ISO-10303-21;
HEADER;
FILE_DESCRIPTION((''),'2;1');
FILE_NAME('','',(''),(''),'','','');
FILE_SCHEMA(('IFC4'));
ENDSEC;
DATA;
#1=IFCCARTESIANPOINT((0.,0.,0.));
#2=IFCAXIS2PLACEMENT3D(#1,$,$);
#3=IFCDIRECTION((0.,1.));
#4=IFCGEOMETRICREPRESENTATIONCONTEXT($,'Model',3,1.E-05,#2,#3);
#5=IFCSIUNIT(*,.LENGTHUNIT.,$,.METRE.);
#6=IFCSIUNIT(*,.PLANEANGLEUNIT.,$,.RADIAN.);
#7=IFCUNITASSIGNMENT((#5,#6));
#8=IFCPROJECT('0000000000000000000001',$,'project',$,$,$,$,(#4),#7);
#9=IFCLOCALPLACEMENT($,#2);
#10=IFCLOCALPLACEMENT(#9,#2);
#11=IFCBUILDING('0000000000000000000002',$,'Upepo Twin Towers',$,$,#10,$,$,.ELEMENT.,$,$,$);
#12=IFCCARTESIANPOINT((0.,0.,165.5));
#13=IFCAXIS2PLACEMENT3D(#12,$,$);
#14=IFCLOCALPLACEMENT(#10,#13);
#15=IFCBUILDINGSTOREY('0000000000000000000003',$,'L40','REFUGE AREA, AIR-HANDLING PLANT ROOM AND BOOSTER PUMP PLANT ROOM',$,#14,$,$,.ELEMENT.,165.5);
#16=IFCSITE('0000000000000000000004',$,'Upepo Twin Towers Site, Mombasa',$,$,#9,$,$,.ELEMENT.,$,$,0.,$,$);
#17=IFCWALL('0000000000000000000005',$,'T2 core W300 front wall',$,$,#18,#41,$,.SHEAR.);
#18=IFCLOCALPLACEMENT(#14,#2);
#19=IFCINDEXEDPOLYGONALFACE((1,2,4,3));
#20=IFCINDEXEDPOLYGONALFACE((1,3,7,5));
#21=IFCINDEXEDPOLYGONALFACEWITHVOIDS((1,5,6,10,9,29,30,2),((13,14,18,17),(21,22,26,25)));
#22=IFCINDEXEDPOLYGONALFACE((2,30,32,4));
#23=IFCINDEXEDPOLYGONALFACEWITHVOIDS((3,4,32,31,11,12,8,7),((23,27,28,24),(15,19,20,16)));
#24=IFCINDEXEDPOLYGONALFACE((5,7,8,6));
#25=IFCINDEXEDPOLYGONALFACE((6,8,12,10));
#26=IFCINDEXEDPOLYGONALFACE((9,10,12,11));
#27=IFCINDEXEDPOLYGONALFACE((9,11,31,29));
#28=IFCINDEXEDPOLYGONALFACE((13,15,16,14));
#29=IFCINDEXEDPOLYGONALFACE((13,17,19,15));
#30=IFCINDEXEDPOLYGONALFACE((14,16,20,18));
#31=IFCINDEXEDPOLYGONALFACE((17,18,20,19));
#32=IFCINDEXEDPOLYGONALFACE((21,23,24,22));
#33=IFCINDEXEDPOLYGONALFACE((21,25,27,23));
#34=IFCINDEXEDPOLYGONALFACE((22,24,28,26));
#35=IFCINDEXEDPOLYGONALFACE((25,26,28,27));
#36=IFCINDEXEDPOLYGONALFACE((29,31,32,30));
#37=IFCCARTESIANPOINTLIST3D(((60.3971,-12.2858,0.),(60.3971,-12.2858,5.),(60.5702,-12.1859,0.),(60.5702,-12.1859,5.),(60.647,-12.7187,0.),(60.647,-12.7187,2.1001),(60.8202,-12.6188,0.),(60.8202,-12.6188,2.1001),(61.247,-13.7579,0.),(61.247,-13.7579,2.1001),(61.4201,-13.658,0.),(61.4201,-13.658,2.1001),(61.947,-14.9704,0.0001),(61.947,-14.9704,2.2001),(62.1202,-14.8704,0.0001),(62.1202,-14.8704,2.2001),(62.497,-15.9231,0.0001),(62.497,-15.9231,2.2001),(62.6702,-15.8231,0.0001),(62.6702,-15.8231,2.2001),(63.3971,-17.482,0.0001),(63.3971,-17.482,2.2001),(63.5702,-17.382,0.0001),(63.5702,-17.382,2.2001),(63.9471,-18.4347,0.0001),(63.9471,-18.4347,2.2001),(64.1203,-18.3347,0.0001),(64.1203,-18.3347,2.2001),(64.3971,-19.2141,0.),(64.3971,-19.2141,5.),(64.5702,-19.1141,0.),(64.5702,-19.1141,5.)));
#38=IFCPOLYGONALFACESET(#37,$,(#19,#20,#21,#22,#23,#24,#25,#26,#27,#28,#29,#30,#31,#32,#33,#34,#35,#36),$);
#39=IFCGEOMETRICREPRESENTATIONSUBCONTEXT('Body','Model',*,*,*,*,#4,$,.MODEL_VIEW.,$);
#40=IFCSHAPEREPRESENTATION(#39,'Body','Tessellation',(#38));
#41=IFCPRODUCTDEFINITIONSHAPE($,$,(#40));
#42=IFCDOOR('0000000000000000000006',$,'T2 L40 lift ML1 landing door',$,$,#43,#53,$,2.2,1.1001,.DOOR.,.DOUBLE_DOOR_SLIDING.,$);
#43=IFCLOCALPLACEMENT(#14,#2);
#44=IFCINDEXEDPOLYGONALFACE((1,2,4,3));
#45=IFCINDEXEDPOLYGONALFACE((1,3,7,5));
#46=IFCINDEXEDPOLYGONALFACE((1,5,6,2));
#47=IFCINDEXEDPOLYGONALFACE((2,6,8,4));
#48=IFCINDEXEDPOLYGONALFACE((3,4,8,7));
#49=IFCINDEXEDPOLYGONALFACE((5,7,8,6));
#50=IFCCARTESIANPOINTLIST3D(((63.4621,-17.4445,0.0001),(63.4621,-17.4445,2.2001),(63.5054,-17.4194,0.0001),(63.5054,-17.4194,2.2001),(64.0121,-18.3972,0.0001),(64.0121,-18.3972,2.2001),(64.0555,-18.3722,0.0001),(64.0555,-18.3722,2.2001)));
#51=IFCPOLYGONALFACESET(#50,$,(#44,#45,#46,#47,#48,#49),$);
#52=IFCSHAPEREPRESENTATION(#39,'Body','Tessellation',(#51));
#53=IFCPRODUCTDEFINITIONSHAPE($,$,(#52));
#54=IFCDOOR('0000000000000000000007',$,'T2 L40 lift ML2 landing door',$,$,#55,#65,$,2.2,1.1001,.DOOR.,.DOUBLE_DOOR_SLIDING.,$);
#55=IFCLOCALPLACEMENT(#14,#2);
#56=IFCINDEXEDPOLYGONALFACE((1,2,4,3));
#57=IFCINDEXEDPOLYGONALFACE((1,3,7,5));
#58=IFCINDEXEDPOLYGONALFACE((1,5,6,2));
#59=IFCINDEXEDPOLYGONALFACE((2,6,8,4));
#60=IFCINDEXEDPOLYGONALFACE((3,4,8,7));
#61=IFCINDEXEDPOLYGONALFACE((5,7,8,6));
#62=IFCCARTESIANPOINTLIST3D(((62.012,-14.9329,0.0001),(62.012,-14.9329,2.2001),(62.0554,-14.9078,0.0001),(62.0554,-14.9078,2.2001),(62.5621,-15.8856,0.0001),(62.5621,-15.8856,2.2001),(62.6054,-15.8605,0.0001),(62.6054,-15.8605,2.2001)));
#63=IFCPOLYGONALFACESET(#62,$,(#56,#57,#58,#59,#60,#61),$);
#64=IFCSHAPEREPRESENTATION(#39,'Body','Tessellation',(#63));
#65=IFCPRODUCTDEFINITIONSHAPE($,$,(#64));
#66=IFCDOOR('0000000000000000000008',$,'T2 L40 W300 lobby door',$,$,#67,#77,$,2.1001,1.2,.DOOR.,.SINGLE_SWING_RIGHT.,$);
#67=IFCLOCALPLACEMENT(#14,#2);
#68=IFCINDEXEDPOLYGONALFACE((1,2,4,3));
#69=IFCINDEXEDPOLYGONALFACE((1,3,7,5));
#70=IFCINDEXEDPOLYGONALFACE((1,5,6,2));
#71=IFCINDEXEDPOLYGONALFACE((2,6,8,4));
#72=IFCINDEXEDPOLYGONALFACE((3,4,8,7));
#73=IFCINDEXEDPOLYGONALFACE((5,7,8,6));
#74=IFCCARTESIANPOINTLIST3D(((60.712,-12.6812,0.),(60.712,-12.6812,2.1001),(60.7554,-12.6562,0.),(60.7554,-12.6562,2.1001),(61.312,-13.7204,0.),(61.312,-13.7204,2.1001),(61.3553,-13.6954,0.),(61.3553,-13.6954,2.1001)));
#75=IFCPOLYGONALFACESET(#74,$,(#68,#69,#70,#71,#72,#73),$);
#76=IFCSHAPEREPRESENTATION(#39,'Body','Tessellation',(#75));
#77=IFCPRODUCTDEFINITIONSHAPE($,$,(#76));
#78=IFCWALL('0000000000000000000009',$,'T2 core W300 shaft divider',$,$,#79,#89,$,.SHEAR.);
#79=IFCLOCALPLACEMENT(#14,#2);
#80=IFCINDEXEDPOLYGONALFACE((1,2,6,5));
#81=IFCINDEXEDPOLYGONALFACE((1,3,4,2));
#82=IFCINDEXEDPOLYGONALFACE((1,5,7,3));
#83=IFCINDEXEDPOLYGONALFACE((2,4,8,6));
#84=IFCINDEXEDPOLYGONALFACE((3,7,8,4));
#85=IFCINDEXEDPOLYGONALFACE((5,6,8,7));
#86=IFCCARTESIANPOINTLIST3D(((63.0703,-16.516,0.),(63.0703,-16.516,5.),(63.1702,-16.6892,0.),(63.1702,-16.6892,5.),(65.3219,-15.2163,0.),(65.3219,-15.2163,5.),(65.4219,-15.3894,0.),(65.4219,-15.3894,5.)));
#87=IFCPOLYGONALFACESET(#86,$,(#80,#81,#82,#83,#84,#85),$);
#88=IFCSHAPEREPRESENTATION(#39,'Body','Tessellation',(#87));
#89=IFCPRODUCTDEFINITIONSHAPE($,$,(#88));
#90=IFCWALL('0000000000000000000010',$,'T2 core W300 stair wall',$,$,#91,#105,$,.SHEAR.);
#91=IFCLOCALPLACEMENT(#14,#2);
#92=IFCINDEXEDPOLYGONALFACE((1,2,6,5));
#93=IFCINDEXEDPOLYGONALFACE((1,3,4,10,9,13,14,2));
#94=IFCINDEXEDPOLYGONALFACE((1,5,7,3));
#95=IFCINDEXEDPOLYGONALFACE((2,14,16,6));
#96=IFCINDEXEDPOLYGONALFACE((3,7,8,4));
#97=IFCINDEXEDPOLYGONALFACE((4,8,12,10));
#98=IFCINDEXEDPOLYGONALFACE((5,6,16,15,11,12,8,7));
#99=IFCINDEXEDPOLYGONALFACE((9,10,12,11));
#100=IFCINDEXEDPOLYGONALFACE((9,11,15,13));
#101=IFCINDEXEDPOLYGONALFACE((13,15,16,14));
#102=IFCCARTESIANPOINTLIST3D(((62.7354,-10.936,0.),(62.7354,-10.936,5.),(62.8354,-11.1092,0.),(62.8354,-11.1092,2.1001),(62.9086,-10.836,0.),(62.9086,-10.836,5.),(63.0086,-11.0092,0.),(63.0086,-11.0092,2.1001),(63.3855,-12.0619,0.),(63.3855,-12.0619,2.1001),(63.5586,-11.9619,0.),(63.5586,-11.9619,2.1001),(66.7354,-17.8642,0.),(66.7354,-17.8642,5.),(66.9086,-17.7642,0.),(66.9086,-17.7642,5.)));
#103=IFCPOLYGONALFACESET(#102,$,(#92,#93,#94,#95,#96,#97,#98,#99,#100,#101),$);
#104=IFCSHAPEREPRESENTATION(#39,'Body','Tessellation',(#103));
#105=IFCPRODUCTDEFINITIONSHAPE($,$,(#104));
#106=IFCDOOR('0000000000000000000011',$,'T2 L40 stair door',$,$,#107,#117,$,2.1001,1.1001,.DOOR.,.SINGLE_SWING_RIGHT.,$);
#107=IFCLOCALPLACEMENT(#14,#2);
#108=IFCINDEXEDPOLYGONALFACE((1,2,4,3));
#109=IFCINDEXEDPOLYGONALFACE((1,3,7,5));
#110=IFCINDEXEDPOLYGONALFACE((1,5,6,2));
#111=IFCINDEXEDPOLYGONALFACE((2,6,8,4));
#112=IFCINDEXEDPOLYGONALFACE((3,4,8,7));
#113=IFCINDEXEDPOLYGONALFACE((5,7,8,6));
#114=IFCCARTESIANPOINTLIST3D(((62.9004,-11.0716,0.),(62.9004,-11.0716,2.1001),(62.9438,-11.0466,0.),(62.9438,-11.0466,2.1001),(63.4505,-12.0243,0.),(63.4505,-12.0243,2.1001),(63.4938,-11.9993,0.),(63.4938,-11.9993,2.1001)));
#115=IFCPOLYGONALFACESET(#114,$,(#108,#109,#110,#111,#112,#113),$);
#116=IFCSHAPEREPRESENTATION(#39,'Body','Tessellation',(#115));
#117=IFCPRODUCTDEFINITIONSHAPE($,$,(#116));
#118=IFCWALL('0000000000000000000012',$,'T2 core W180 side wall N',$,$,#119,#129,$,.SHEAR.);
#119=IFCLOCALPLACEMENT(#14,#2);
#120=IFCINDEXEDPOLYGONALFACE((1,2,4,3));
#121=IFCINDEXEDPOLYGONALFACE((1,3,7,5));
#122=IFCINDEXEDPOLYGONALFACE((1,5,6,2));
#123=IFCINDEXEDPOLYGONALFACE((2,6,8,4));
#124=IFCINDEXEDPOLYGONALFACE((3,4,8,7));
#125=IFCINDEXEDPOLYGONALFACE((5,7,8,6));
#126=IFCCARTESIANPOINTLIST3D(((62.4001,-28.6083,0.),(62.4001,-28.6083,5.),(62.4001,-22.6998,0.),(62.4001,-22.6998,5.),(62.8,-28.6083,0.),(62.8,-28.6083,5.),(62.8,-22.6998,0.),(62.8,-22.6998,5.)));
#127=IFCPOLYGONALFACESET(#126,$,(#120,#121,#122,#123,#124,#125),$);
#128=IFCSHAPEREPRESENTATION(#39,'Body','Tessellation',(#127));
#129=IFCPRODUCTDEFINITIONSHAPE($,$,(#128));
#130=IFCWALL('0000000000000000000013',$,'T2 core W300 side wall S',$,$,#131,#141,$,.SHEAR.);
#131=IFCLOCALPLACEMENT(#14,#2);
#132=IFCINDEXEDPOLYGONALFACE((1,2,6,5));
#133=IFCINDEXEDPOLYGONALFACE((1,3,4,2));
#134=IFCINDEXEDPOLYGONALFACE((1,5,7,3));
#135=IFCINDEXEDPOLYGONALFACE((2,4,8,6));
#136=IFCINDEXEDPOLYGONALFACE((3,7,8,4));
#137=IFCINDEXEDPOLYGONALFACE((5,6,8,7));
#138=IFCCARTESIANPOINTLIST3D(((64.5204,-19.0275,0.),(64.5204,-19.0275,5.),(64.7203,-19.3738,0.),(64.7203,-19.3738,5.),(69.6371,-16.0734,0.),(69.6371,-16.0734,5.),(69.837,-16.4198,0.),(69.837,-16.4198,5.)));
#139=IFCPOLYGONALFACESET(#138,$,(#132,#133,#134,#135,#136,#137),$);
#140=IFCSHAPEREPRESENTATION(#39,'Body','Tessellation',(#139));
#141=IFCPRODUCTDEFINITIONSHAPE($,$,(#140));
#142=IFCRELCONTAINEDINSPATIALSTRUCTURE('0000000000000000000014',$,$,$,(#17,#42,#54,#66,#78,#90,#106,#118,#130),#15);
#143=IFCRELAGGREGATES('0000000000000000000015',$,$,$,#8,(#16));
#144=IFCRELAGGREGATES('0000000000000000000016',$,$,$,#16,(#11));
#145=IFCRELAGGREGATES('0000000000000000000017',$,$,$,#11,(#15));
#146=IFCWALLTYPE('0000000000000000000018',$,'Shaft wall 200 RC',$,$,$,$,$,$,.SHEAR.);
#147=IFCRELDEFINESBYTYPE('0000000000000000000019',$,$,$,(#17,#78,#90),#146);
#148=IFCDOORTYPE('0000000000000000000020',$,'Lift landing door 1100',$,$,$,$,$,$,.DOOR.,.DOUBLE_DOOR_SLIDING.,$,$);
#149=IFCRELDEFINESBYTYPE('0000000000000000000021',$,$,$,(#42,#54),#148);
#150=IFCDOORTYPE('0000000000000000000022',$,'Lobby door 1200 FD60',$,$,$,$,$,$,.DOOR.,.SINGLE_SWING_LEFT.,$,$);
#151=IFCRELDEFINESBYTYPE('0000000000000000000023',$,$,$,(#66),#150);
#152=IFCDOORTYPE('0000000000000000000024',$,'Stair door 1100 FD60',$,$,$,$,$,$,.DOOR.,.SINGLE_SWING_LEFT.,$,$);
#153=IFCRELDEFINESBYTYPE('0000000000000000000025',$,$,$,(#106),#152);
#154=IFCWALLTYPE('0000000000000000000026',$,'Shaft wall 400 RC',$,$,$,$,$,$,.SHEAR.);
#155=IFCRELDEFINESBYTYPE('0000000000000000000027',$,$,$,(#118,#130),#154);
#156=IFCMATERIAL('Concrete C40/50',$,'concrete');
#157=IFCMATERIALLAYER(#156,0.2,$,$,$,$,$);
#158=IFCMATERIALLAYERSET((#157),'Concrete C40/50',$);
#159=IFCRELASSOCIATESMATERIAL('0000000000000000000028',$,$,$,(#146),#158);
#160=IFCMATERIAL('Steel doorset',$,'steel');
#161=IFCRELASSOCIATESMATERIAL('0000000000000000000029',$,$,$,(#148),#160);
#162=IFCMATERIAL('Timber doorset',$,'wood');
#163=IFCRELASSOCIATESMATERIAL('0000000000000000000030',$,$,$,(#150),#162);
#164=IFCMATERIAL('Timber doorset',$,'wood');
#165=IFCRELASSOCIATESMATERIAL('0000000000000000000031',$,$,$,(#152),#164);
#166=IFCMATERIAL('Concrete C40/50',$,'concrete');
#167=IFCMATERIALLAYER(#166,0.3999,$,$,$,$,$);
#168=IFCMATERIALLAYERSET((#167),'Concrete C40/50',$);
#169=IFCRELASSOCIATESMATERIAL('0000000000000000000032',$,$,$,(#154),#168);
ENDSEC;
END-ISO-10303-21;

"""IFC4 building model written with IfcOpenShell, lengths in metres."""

from ifc_helpers import new_model, si_unit, direction, frame, frame_2d, origin, place, context, subcontext, project, spatial, rectangle, extrude, material, layer, layer_set, type_object, element, fill, save


model = new_model("IFC4")

# Units and contexts
model_context = context("Model", 3, precision=1e-05, world=origin(), true_north=direction((0.0, 1.0)))
body_context = subcontext(model_context, "Body", "Model", "MODEL_VIEW")
ifc_project = project(units=[si_unit("LENGTHUNIT", "METRE"), si_unit("PLANEANGLEUNIT", "RADIAN")], contexts=[model_context])

# Site, building, storey
site_placement = place(None, origin())
site = spatial("IfcSite", under=ifc_project, at=site_placement, Name="Upepo Twin Towers Site, Mombasa", CompositionType="ELEMENT", RefElevation=0.0)
building_placement = place(site_placement, origin())
building = spatial("IfcBuilding", under=site, at=building_placement, Name="Upepo Twin Towers", CompositionType="ELEMENT")
storey_placement = place(building_placement, frame((0.0, 0.0, 165.5)))
storey = spatial("IfcBuildingStorey", under=building, at=storey_placement, Name="L40", Description="REFUGE AREA, AIR-HANDLING PLANT ROOM AND BOOSTER PUMP PLANT ROOM", CompositionType="ELEMENT", Elevation=165.5)

# Wall, openings, doors
ifc_material_1 = material(Name="Concrete C40/50", Category="concrete")
ifc_layer_1 = layer(ifc_material_1, 0.2)
ifc_layer_set_1 = layer_set([ifc_layer_1], Name="Concrete C40/50")
wall_type_1 = type_object("IfcWallType", Name="Shaft wall 200 RC", PredefinedType="SHEAR", material=ifc_layer_set_1)
wall_1_placement = place(storey_placement, frame((64.4836, -19.1641, 0.0), z_axis=(0.0, 0.0, 1.0), x_axis=(-0.499999, 0.866026, 0.0)))
wall_1 = element("IfcWall", 1, at=wall_1_placement, inside=storey, type_object=wall_type_1, Name="T2 core W300 front wall", PredefinedType="SHEAR", context=body_context, shape_type="SweptSolid", body=[
    extrude(rectangle(XDim=8.0, YDim=0.2, at=frame_2d((4.0, 0.0))), origin(), (0.0, 0.0, 1.0), 5.0),
])
opening_1_placement = place(wall_1_placement, frame((6.3, 0.0, 0.0)))
opening_1 = element("IfcOpeningElement", 2, at=opening_1_placement, cuts=wall_1, PredefinedType="OPENING", context=body_context, shape_type="SweptSolid", body=[
    extrude(rectangle(XDim=1.2, YDim=2.1001, at=frame_2d((0.6001, 1.05))), frame((0.0, 0.1099, 0.0), z_axis=(0.0, -1.0, 0.0), x_axis=(1.0, 0.0, 0.0)), (0.0, 0.0, 1.0), 0.22),
])
opening_2_placement = place(wall_1_placement, frame((0.8999, 0.0, 0.0)))
opening_2 = element("IfcOpeningElement", 3, at=opening_2_placement, cuts=wall_1, PredefinedType="OPENING", context=body_context, shape_type="SweptSolid", body=[
    extrude(rectangle(XDim=1.1001, YDim=2.2, at=frame_2d((0.55, 1.1001))), frame((0.0, 0.1099, 0.0), z_axis=(0.0, -1.0, 0.0), x_axis=(1.0, 0.0, 0.0)), (0.0, 0.0, 1.0), 0.22),
])
opening_3_placement = place(wall_1_placement, frame((3.8, 0.0, 0.0)))
opening_3 = element("IfcOpeningElement", 4, at=opening_3_placement, cuts=wall_1, PredefinedType="OPENING", context=body_context, shape_type="SweptSolid", body=[
    extrude(rectangle(XDim=1.1001, YDim=2.2, at=frame_2d((0.55, 1.1001))), frame((0.0, 0.1099, 0.0), z_axis=(0.0, -1.0, 0.0), x_axis=(1.0, 0.0, 0.0)), (0.0, 0.0, 1.0), 0.22),
])
ifc_material_2 = material(Name="Steel doorset", Category="steel")
door_type_1 = type_object("IfcDoorType", Name="Lift landing door 1100", OperationType="DOUBLE_DOOR_SLIDING", PredefinedType="DOOR", material=ifc_material_2)
door_1_placement = place(opening_2_placement, origin())
door_1 = element("IfcDoor", 5, at=door_1_placement, inside=storey, type_object=door_type_1, Name="T2 L40 lift ML1 landing door", OperationType="DOUBLE_DOOR_SLIDING", OverallHeight=2.2, OverallWidth=1.1001, PredefinedType="DOOR", context=body_context, shape_type="SweptSolid", body=[
    extrude(rectangle(XDim=1.1001, YDim=2.2, at=frame_2d((0.55, 1.1001))), frame((0.0, 0.0249, 0.0), z_axis=(0.0, -1.0, 0.0), x_axis=(1.0, 0.0, 0.0)), (0.0, 0.0, 1.0), 0.05),
])
fill(opening_2, door_1)
door_2_placement = place(opening_3_placement, origin())
door_2 = element("IfcDoor", 6, at=door_2_placement, inside=storey, type_object=door_type_1, Name="T2 L40 lift ML2 landing door", OperationType="DOUBLE_DOOR_SLIDING", OverallHeight=2.2, OverallWidth=1.1001, PredefinedType="DOOR", context=body_context, shape_type="SweptSolid", body=[
    extrude(rectangle(XDim=1.1001, YDim=2.2, at=frame_2d((0.55, 1.1001))), frame((0.0, 0.0249, 0.0), z_axis=(0.0, -1.0, 0.0), x_axis=(1.0, 0.0, 0.0)), (0.0, 0.0, 1.0), 0.05),
])
fill(opening_3, door_2)
ifc_material_3 = material(Name="Timber doorset", Category="wood")
door_type_2 = type_object("IfcDoorType", Name="Lobby door 1200 FD60", OperationType="SINGLE_SWING_LEFT", PredefinedType="DOOR", material=ifc_material_3)
door_3_placement = place(opening_1_placement, origin())
door_3 = element("IfcDoor", 7, at=door_3_placement, inside=storey, type_object=door_type_2, Name="T2 L40 W300 lobby door", OperationType="SINGLE_SWING_RIGHT", OverallHeight=2.1001, OverallWidth=1.2, PredefinedType="DOOR", context=body_context, shape_type="SweptSolid", body=[
    extrude(rectangle(XDim=1.2, YDim=2.1001, at=frame_2d((0.6001, 1.05))), frame((0.0, 0.0249, 0.0), z_axis=(0.0, -1.0, 0.0), x_axis=(1.0, 0.0, 0.0)), (0.0, 0.0, 1.0), 0.05),
])
fill(opening_1, door_3)

# Wall
wall_2_placement = place(storey_placement, frame((63.1204, -16.6025, 0.0), z_axis=(0.0, 0.0, 1.0), x_axis=(0.866062, 0.499937, 0.0)))
element("IfcWall", 8, at=wall_2_placement, inside=storey, type_object=wall_type_1, Name="T2 core W300 shaft divider", PredefinedType="SHEAR", context=body_context, shape_type="SweptSolid", body=[
    extrude(rectangle(XDim=2.5999, YDim=0.2, at=frame_2d((1.2998, 0.0))), origin(), (0.0, 0.0, 1.0), 5.0),
])

# Wall, opening, door
wall_3_placement = place(storey_placement, frame((66.822, -17.8142, 0.0), z_axis=(0.0, 0.0, 1.0), x_axis=(-0.499999, 0.866026, 0.0)))
wall_3 = element("IfcWall", 9, at=wall_3_placement, inside=storey, type_object=wall_type_1, Name="T2 core W300 stair wall", PredefinedType="SHEAR", context=body_context, shape_type="SweptSolid", body=[
    extrude(rectangle(XDim=8.0, YDim=0.2, at=frame_2d((4.0, 0.0))), origin(), (0.0, 0.0, 1.0), 5.0),
])
opening_4_placement = place(wall_3_placement, frame((6.7, 0.0, 0.0)))
opening_4 = element("IfcOpeningElement", 10, at=opening_4_placement, cuts=wall_3, PredefinedType="OPENING", context=body_context, shape_type="SweptSolid", body=[
    extrude(rectangle(XDim=1.1001, YDim=2.1001, at=frame_2d((0.55, 1.05))), frame((0.0, 0.1099, 0.0), z_axis=(0.0, -1.0, 0.0), x_axis=(1.0, 0.0, 0.0)), (0.0, 0.0, 1.0), 0.22),
])
ifc_material_4 = material(Name="Timber doorset", Category="wood")
door_type_3 = type_object("IfcDoorType", Name="Stair door 1100 FD60", OperationType="SINGLE_SWING_LEFT", PredefinedType="DOOR", material=ifc_material_4)
door_4_placement = place(opening_4_placement, origin())
door_4 = element("IfcDoor", 11, at=door_4_placement, inside=storey, type_object=door_type_3, Name="T2 L40 stair door", OperationType="SINGLE_SWING_RIGHT", OverallHeight=2.1001, OverallWidth=1.1001, PredefinedType="DOOR", context=body_context, shape_type="SweptSolid", body=[
    extrude(rectangle(XDim=1.1001, YDim=2.1001, at=frame_2d((0.55, 1.05))), frame((0.0, 0.0249, 0.0), z_axis=(0.0, -1.0, 0.0), x_axis=(1.0, 0.0, 0.0)), (0.0, 0.0, 1.0), 0.05),
])
fill(opening_4, door_4)

# Walls
ifc_material_5 = material(Name="Concrete C40/50", Category="concrete")
ifc_layer_2 = layer(ifc_material_5, 0.3999)
ifc_layer_set_2 = layer_set([ifc_layer_2], Name="Concrete C40/50")
wall_type_2 = type_object("IfcWallType", Name="Shaft wall 400 RC", PredefinedType="SHEAR", material=ifc_layer_set_2)
wall_4_placement = place(storey_placement, frame((62.6001, -22.7, 0.0), z_axis=(0.0, 0.0, 1.0), x_axis=(0.0, -1.0, 0.0)))
element("IfcWall", 12, at=wall_4_placement, inside=storey, type_object=wall_type_2, Name="T2 core W180 side wall N", PredefinedType="SHEAR", context=body_context, shape_type="SweptSolid", body=[
    extrude(rectangle(XDim=5.9084, YDim=0.3999, at=frame_2d((2.9541, 0.0))), origin(), (0.0, 0.0, 1.0), 5.0),
])
wall_5_placement = place(storey_placement, frame((64.6204, -19.2007, 0.0), z_axis=(0.0, 0.0, 1.0), x_axis=(0.866027, 0.499997, 0.0)))
element("IfcWall", 13, at=wall_5_placement, inside=storey, type_object=wall_type_2, Name="T2 core W300 side wall S", PredefinedType="SHEAR", context=body_context, shape_type="SweptSolid", body=[
    extrude(rectangle(XDim=5.9082, YDim=0.3999, at=frame_2d((2.9541, 0.0))), origin(), (0.0, 0.0, 1.0), 5.0),
])

save(model, "model.ifc")
